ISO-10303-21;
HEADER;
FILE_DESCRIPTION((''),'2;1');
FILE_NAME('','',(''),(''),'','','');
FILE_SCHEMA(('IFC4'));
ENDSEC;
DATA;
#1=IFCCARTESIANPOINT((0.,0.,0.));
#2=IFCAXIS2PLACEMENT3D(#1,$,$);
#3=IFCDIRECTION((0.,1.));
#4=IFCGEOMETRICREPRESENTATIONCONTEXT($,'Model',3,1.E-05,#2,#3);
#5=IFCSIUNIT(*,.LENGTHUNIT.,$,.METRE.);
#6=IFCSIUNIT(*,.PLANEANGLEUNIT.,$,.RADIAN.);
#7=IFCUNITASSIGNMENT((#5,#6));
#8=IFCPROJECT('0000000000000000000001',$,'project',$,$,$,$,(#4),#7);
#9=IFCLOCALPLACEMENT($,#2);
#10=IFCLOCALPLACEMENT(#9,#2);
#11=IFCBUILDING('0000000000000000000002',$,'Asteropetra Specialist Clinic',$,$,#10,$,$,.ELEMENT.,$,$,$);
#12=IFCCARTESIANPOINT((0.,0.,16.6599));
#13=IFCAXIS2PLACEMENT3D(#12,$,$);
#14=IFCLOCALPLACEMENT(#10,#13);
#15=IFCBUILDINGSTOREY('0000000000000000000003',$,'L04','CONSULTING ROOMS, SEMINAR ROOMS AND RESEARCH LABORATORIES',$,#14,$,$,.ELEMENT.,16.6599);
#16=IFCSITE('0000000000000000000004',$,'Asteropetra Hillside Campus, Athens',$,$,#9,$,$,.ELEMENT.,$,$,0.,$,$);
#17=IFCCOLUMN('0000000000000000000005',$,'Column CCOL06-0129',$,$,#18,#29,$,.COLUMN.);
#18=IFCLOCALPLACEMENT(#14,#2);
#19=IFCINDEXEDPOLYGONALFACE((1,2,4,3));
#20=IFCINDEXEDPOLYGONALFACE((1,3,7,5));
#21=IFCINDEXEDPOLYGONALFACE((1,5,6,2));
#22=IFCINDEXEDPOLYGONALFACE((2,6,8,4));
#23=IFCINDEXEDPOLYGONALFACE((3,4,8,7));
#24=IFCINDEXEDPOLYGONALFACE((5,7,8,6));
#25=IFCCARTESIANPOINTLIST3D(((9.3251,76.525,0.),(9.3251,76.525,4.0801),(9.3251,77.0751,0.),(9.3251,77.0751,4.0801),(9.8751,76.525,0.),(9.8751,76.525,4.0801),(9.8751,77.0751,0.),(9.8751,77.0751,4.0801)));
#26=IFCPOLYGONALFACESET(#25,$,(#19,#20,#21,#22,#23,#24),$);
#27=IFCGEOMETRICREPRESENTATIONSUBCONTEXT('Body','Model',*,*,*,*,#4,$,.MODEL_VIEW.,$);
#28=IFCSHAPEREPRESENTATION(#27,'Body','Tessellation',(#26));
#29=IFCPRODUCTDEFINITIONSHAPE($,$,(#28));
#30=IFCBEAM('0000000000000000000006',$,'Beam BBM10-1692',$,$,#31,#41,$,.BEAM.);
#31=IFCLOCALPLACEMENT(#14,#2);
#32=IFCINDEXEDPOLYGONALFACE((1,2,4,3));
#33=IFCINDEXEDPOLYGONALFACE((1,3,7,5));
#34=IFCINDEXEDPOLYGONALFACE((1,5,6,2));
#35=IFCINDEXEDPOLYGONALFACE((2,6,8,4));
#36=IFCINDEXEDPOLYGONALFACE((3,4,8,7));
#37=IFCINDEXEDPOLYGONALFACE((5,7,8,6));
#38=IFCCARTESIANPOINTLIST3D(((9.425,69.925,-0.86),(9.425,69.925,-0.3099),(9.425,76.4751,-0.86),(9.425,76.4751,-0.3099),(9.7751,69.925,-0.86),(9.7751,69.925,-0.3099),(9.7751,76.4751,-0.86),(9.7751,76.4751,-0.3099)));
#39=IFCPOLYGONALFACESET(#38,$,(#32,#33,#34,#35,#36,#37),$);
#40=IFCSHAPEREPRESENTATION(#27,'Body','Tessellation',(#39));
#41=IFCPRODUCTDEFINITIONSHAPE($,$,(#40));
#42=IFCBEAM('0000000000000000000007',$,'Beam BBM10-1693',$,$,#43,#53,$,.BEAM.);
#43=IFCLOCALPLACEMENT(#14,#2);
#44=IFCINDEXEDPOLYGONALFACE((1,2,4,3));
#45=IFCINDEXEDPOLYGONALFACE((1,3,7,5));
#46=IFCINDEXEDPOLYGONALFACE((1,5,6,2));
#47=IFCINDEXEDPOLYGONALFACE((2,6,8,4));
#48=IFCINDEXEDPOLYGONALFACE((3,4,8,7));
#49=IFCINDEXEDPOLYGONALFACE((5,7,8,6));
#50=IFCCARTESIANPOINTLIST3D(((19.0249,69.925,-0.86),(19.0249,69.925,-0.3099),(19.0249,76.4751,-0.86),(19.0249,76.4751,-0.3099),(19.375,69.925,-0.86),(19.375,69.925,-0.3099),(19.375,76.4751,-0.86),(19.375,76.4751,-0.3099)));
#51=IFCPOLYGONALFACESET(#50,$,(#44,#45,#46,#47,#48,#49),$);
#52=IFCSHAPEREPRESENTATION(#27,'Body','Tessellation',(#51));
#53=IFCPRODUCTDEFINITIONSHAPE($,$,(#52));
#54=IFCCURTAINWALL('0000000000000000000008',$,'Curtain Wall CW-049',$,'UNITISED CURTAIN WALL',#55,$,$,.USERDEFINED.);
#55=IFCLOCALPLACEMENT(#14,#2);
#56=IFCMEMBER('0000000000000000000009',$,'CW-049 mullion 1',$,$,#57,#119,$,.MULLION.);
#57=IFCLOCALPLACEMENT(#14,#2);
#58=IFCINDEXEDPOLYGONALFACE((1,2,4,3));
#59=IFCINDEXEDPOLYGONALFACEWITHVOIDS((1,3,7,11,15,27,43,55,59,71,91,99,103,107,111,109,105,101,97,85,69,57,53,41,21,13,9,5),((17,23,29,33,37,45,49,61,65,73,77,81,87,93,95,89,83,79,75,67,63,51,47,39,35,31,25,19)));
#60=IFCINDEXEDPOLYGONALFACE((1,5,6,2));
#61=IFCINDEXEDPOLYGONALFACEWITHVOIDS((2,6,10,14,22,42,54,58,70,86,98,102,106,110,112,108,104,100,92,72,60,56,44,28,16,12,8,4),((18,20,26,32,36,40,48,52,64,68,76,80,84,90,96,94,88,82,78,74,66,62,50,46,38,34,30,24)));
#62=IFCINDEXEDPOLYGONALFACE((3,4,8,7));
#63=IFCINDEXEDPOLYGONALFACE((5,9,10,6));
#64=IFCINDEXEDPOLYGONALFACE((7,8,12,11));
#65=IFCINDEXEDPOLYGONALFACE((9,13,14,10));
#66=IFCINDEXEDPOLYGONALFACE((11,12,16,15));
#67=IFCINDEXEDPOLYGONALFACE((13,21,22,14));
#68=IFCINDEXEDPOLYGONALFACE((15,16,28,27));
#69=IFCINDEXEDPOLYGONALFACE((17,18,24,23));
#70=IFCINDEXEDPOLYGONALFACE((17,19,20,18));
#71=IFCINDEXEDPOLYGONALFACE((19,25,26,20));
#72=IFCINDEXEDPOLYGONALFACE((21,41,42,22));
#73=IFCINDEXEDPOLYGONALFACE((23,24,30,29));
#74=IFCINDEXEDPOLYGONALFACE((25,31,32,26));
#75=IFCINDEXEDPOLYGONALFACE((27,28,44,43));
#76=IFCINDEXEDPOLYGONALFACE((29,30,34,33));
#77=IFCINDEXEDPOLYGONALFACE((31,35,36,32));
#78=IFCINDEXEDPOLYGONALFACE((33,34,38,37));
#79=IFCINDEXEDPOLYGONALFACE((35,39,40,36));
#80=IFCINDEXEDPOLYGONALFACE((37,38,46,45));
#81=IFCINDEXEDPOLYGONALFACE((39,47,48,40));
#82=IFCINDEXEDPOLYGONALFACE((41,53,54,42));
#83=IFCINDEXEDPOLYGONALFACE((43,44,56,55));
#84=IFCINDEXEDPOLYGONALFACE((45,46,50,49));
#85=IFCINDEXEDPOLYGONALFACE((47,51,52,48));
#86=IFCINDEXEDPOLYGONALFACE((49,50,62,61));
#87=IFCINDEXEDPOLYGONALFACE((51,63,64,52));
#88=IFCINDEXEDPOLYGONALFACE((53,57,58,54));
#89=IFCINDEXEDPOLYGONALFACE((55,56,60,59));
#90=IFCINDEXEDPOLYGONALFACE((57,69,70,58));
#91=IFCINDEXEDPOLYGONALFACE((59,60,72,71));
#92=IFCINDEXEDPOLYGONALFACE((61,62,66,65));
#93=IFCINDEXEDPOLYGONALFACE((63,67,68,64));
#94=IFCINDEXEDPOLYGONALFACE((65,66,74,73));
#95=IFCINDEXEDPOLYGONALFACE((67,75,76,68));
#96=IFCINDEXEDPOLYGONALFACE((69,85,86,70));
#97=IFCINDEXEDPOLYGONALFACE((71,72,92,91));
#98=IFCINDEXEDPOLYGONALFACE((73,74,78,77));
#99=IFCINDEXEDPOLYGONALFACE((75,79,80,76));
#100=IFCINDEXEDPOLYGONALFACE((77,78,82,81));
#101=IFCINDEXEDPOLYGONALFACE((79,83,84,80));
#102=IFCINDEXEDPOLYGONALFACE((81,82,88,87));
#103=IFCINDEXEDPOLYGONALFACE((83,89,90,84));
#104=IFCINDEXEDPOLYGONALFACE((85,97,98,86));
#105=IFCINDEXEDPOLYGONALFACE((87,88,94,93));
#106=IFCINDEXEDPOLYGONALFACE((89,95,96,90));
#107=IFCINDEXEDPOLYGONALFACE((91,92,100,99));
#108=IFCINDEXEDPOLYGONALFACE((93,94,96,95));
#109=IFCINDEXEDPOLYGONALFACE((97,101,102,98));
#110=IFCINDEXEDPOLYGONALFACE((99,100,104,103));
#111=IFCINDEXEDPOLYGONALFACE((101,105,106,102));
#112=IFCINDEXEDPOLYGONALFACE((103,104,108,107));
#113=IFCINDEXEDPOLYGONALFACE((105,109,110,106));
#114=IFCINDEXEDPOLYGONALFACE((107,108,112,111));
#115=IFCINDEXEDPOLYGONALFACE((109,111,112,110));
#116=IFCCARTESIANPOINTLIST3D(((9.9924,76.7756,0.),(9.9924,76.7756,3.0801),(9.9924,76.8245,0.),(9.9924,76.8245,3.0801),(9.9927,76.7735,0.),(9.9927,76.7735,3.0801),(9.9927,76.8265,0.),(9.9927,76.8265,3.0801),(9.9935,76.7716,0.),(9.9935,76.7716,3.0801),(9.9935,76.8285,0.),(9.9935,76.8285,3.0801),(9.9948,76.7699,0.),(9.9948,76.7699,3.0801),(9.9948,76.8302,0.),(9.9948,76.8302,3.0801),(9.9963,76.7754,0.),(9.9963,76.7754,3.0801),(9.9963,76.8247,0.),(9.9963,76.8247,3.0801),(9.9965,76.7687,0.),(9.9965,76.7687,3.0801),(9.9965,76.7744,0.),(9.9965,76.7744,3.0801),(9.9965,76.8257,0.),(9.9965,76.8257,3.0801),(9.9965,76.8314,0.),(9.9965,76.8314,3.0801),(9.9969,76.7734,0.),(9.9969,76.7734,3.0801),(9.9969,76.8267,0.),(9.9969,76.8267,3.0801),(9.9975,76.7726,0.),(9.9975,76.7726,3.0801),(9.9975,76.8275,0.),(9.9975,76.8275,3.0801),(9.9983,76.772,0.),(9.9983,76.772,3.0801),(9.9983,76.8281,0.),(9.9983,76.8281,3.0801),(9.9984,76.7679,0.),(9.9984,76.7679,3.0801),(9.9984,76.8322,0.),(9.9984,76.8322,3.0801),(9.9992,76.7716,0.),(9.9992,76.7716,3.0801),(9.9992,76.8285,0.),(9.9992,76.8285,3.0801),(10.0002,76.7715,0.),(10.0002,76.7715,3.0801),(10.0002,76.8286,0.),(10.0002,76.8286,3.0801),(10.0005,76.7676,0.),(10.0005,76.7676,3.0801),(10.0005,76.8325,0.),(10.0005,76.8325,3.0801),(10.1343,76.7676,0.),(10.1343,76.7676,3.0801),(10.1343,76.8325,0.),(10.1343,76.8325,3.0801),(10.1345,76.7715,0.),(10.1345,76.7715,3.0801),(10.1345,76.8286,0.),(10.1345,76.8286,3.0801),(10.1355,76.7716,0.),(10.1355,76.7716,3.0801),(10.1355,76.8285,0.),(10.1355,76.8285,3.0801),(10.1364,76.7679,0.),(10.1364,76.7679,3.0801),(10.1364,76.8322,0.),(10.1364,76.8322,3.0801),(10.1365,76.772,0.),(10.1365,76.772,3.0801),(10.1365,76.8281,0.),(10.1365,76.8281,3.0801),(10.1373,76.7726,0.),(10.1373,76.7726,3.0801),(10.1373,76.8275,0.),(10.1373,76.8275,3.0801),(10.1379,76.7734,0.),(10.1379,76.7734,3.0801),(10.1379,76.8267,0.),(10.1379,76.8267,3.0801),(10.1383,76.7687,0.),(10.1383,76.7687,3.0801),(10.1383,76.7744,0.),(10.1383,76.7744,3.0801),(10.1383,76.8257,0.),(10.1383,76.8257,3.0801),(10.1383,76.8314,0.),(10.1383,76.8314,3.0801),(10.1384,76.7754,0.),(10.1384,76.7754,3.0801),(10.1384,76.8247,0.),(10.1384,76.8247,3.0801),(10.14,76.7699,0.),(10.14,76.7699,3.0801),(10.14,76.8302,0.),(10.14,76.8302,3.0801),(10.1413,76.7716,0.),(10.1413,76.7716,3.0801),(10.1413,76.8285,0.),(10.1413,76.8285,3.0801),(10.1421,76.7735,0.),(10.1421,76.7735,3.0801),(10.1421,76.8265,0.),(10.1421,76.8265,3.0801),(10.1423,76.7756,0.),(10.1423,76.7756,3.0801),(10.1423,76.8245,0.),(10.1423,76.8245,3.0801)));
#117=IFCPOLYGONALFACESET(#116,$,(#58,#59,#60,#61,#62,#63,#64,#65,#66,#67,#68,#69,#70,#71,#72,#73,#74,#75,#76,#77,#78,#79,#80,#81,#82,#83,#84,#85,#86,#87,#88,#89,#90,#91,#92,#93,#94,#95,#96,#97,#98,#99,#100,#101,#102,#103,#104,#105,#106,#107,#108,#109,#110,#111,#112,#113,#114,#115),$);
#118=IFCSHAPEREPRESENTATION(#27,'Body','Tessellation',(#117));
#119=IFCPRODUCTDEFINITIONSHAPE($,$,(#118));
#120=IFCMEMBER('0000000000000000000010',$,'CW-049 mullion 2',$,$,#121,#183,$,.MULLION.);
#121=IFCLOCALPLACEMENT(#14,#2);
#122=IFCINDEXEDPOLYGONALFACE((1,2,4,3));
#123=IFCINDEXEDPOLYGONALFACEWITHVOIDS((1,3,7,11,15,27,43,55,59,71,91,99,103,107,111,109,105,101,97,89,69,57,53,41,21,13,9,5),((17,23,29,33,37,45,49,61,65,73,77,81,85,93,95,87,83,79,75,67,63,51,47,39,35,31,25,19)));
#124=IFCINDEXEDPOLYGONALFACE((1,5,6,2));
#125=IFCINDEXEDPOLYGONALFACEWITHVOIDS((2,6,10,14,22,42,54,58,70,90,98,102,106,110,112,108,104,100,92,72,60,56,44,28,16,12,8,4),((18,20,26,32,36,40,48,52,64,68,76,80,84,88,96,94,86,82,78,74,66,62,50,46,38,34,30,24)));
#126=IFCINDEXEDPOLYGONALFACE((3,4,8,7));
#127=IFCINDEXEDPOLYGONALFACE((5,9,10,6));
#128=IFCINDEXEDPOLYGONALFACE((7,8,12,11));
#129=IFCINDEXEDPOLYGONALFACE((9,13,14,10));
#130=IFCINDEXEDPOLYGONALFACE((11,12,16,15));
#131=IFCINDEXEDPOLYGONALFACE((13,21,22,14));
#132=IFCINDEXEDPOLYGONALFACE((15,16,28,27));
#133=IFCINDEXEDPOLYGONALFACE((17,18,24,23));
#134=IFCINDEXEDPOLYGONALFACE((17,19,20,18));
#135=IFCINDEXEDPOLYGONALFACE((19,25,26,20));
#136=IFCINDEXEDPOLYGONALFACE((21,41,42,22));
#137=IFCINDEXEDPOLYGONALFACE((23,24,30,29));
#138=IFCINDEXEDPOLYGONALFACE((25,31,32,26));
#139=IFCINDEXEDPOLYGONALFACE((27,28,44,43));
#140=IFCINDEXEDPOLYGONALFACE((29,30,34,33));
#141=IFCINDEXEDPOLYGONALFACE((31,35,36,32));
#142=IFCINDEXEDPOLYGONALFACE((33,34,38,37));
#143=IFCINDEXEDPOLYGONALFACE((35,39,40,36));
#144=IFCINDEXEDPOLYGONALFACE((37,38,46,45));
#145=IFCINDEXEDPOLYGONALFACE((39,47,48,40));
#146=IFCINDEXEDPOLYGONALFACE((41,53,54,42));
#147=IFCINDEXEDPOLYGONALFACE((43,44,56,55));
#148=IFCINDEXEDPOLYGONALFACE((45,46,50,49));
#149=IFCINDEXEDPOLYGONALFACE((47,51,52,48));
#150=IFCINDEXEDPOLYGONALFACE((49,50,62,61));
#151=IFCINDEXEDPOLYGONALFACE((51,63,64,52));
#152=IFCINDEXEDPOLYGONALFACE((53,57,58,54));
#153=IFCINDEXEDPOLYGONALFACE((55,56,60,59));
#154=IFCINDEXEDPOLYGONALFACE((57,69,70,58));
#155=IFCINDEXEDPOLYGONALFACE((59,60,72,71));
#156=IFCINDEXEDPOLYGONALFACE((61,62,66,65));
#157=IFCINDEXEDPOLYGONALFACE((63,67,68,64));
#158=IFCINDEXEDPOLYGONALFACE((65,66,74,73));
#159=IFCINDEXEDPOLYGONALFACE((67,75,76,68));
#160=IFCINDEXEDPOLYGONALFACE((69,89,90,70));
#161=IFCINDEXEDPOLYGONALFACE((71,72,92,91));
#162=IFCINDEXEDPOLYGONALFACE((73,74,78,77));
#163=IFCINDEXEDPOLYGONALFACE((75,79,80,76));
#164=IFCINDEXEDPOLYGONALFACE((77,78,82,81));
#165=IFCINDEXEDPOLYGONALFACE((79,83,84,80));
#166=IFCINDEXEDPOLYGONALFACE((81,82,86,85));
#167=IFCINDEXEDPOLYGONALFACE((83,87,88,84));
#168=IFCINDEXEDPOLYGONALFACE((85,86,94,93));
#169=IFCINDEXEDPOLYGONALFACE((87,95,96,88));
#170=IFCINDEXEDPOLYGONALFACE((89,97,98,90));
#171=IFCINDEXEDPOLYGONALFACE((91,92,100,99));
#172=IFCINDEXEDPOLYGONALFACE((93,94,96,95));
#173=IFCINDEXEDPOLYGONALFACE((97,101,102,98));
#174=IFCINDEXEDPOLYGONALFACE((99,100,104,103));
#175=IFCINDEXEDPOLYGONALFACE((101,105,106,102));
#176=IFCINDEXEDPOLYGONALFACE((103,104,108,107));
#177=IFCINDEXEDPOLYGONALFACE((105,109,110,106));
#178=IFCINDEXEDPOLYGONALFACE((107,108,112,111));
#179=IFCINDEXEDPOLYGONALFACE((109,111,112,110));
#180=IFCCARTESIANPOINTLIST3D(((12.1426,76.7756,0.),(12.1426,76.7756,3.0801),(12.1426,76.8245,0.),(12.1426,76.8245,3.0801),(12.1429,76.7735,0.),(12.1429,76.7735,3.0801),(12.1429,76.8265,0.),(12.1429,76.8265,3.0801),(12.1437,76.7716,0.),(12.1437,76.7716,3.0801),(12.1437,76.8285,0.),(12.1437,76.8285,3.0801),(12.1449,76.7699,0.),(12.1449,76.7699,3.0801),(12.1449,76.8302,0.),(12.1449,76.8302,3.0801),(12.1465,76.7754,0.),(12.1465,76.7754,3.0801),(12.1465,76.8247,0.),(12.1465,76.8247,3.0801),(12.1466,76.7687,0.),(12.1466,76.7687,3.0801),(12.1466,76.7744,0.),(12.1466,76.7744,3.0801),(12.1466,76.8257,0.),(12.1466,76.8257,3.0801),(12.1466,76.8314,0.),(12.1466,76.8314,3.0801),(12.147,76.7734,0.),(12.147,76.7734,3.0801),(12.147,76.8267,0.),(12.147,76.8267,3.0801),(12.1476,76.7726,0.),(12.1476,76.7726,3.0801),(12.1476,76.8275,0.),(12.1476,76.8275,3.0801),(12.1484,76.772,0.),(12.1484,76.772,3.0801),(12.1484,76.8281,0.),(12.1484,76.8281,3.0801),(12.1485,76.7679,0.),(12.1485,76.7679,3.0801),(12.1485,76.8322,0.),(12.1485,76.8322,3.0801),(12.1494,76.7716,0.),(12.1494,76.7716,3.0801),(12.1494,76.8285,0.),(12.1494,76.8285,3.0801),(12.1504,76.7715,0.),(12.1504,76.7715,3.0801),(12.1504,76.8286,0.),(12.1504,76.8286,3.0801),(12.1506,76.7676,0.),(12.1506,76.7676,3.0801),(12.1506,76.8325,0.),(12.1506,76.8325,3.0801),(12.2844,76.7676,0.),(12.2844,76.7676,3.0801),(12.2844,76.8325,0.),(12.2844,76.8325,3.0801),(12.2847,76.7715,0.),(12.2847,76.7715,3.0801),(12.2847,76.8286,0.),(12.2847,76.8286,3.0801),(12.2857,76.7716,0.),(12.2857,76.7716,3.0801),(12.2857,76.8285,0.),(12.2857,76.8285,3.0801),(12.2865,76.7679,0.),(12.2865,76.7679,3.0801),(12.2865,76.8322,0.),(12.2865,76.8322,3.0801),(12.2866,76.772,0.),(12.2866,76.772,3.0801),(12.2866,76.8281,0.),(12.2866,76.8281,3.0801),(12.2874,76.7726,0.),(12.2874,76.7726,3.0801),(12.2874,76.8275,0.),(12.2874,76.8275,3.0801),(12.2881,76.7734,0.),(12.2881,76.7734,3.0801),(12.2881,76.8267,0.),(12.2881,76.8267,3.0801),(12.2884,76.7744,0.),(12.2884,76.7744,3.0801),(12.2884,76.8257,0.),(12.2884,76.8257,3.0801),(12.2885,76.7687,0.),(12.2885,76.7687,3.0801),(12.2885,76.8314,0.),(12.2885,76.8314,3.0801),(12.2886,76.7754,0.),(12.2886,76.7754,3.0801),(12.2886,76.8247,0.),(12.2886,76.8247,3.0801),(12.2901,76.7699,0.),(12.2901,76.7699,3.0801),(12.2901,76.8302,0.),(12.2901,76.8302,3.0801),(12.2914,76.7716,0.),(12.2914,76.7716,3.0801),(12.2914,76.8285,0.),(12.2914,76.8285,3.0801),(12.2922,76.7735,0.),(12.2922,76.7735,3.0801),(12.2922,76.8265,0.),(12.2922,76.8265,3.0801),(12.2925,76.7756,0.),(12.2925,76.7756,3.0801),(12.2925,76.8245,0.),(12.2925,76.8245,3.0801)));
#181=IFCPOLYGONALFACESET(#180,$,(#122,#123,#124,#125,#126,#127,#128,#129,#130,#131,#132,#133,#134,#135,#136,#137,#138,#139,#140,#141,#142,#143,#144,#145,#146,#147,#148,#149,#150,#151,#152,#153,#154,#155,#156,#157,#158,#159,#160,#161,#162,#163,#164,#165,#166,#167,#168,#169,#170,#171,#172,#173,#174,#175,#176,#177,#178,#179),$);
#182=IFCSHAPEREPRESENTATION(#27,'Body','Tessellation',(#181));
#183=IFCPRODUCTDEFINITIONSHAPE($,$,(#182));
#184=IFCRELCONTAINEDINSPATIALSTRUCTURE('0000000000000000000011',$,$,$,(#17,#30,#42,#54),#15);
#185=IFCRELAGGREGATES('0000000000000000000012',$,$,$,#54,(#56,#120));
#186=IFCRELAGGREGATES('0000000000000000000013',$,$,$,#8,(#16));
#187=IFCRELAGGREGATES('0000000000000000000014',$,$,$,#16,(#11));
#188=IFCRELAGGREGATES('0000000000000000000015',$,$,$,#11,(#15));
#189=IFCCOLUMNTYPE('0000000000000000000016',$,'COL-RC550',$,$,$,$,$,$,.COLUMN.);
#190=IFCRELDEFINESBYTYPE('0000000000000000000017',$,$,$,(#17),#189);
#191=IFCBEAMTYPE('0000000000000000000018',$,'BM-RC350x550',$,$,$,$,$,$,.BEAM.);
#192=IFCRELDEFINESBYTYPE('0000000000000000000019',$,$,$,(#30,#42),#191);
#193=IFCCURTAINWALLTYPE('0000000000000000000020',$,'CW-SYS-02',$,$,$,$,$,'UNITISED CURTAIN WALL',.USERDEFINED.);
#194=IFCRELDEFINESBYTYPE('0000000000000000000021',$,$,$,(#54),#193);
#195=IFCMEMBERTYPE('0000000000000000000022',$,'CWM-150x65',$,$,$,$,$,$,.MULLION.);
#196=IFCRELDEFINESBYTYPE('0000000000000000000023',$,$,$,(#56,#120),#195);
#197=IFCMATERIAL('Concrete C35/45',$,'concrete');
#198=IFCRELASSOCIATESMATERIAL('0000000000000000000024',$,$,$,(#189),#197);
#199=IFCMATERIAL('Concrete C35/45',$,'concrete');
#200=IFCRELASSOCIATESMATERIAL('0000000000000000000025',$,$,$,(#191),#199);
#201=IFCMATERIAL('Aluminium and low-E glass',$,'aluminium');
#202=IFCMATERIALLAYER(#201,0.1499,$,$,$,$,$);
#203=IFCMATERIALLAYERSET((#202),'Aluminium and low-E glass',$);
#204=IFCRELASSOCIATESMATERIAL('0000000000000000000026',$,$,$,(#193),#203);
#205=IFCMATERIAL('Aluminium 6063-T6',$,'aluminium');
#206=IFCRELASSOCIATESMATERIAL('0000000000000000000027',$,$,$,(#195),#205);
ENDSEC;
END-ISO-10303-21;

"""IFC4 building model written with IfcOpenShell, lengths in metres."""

from ifc_helpers import new_model, si_unit, direction, frame, origin, origin_2d, place, context, subcontext, project, spatial, rectangle, hollow_rectangle, extrude, material, layer, layer_set, material_profile, profile_set, type_object, element, aggregate, save


model = new_model("IFC4")

# Units and contexts
model_context = context("Model", 3, precision=1e-05, world=origin(), true_north=direction((0.0, 1.0)))
body_context = subcontext(model_context, "Body", "Model", "MODEL_VIEW")
ifc_project = project(units=[si_unit("LENGTHUNIT", "METRE"), si_unit("PLANEANGLEUNIT", "RADIAN")], contexts=[model_context])

# Site, building, storey
site_placement = place(None, origin())
site = spatial("IfcSite", under=ifc_project, at=site_placement, Name="Asteropetra Hillside Campus, Athens", CompositionType="ELEMENT", RefElevation=0.0)
building_placement = place(site_placement, origin())
building = spatial("IfcBuilding", under=site, at=building_placement, Name="Asteropetra Specialist Clinic", CompositionType="ELEMENT")
storey_placement = place(building_placement, frame((0.0, 0.0, 16.6599)))
storey = spatial("IfcBuildingStorey", under=building, at=storey_placement, Name="L04", Description="CONSULTING ROOMS, SEMINAR ROOMS AND RESEARCH LABORATORIES", CompositionType="ELEMENT", Elevation=16.6599)

# Column
ifc_material_1 = material(Name="Concrete C35/45", Category="concrete")
ifc_material_profile_1 = material_profile(ifc_material_1, rectangle(XDim=0.55, YDim=0.55, at=origin_2d()), Name="RC 550x550")
ifc_profile_set_1 = profile_set([ifc_material_profile_1], Name="Concrete C35/45")
column_type = type_object("IfcColumnType", Name="COL-RC550", PredefinedType="COLUMN", material=ifc_profile_set_1)
column_placement = place(storey_placement, frame((9.6001, 76.8, 0.0), z_axis=(0.0, 0.0, 1.0), x_axis=(1.0, 0.0, 0.0)))
element("IfcColumn", 1, at=column_placement, inside=storey, type_object=column_type, Name="Column CCOL06-0129", PredefinedType="COLUMN", context=body_context, shape_type="SweptSolid", body=[
    extrude(rectangle(XDim=0.55, YDim=0.55, at=origin_2d()), origin(), (0.0, 0.0, 1.0), 4.0801),
])

# Beams
ifc_material_2 = material(Name="Concrete C35/45", Category="concrete")
ifc_material_profile_2 = material_profile(ifc_material_2, rectangle(XDim=0.3501, YDim=0.55, at=origin_2d()), Name="RCB 350x550")
ifc_profile_set_2 = profile_set([ifc_material_profile_2], Name="Concrete C35/45")
beam_type_1 = type_object("IfcBeamType", Name="BM-RC350x550", PredefinedType="BEAM", material=ifc_profile_set_2)
for number, where, z_axis, x_axis, name in (
    (2, (9.6001, 69.925, -0.585), (0.0, 1.0, 0.0), (-1.0, 0.0, 0.0), "Beam BBM10-1692"),
    (3, (19.2, 69.925, -0.585), (0.0, 1.0, 0.0), (-1.0, 0.0, 0.0), "Beam BBM10-1693"),
):
    element("IfcBeam", number, at=place(storey_placement, frame(where, z_axis=z_axis, x_axis=x_axis)), inside=storey, type_object=beam_type_1, Name=name, PredefinedType="BEAM", context=body_context, shape_type="SweptSolid", body=[
        extrude(rectangle(XDim=0.3501, YDim=0.55, at=origin_2d()), origin(), (0.0, 0.0, 1.0), 6.55),
    ])

# Curtain wall, members
ifc_material_3 = material(Name="Aluminium and low-E glass", Category="aluminium")
ifc_layer_1 = layer(ifc_material_3, 0.1499)
ifc_layer_set_1 = layer_set([ifc_layer_1], Name="Aluminium and low-E glass")
curtain_wall_type = type_object("IfcCurtainWallType", Name="CW-SYS-02", ElementType="UNITISED CURTAIN WALL", PredefinedType="USERDEFINED", material=ifc_layer_set_1)
curtain_wall_placement = place(storey_placement, origin())
curtain_wall = element("IfcCurtainWall", 4, at=curtain_wall_placement, inside=storey, type_object=curtain_wall_type, Name="Curtain Wall CW-049", ObjectType="UNITISED CURTAIN WALL", PredefinedType="USERDEFINED")
ifc_material_4 = material(Name="Aluminium 6063-T6", Category="aluminium")
ifc_material_profile_3 = material_profile(ifc_material_4, hollow_rectangle(XDim=0.0649, YDim=0.1499, WallThickness=0.0039, InnerFilletRadius=0.0039, OuterFilletRadius=0.0081, at=origin_2d()), Name="MUL 150x65x4.0")
ifc_profile_set_3 = profile_set([ifc_material_profile_3], Name="Aluminium 6063-T6")
member_type_1 = type_object("IfcMemberType", Name="CWM-150x65", PredefinedType="MULLION", material=ifc_profile_set_3)
member_1_placement = place(storey_placement, frame((10.0674, 76.8, 0.0), z_axis=(0.0, 0.0, 1.0), x_axis=(0.0, 1.0, 0.0)))
member_1 = element("IfcMember", 5, at=member_1_placement, type_object=member_type_1, Name="CW-049 mullion 1", PredefinedType="MULLION", context=body_context, shape_type="SweptSolid", body=[
    extrude(hollow_rectangle(XDim=0.0649, YDim=0.1499, WallThickness=0.0039, InnerFilletRadius=0.0039, OuterFilletRadius=0.0081, at=origin_2d()), origin(), (0.0, 0.0, 1.0), 3.0801),
])
member_2_placement = place(storey_placement, frame((12.2175, 76.8, 0.0), z_axis=(0.0, 0.0, 1.0), x_axis=(0.0, 1.0, 0.0)))
member_2 = element("IfcMember", 6, at=member_2_placement, type_object=member_type_1, Name="CW-049 mullion 2", PredefinedType="MULLION", context=body_context, shape_type="SweptSolid", body=[
    extrude(hollow_rectangle(XDim=0.0649, YDim=0.1499, WallThickness=0.0039, InnerFilletRadius=0.0039, OuterFilletRadius=0.0081, at=origin_2d()), origin(), (0.0, 0.0, 1.0), 3.0801),
])

aggregate(curtain_wall, [member_1, member_2])

save(model, "model.ifc")
